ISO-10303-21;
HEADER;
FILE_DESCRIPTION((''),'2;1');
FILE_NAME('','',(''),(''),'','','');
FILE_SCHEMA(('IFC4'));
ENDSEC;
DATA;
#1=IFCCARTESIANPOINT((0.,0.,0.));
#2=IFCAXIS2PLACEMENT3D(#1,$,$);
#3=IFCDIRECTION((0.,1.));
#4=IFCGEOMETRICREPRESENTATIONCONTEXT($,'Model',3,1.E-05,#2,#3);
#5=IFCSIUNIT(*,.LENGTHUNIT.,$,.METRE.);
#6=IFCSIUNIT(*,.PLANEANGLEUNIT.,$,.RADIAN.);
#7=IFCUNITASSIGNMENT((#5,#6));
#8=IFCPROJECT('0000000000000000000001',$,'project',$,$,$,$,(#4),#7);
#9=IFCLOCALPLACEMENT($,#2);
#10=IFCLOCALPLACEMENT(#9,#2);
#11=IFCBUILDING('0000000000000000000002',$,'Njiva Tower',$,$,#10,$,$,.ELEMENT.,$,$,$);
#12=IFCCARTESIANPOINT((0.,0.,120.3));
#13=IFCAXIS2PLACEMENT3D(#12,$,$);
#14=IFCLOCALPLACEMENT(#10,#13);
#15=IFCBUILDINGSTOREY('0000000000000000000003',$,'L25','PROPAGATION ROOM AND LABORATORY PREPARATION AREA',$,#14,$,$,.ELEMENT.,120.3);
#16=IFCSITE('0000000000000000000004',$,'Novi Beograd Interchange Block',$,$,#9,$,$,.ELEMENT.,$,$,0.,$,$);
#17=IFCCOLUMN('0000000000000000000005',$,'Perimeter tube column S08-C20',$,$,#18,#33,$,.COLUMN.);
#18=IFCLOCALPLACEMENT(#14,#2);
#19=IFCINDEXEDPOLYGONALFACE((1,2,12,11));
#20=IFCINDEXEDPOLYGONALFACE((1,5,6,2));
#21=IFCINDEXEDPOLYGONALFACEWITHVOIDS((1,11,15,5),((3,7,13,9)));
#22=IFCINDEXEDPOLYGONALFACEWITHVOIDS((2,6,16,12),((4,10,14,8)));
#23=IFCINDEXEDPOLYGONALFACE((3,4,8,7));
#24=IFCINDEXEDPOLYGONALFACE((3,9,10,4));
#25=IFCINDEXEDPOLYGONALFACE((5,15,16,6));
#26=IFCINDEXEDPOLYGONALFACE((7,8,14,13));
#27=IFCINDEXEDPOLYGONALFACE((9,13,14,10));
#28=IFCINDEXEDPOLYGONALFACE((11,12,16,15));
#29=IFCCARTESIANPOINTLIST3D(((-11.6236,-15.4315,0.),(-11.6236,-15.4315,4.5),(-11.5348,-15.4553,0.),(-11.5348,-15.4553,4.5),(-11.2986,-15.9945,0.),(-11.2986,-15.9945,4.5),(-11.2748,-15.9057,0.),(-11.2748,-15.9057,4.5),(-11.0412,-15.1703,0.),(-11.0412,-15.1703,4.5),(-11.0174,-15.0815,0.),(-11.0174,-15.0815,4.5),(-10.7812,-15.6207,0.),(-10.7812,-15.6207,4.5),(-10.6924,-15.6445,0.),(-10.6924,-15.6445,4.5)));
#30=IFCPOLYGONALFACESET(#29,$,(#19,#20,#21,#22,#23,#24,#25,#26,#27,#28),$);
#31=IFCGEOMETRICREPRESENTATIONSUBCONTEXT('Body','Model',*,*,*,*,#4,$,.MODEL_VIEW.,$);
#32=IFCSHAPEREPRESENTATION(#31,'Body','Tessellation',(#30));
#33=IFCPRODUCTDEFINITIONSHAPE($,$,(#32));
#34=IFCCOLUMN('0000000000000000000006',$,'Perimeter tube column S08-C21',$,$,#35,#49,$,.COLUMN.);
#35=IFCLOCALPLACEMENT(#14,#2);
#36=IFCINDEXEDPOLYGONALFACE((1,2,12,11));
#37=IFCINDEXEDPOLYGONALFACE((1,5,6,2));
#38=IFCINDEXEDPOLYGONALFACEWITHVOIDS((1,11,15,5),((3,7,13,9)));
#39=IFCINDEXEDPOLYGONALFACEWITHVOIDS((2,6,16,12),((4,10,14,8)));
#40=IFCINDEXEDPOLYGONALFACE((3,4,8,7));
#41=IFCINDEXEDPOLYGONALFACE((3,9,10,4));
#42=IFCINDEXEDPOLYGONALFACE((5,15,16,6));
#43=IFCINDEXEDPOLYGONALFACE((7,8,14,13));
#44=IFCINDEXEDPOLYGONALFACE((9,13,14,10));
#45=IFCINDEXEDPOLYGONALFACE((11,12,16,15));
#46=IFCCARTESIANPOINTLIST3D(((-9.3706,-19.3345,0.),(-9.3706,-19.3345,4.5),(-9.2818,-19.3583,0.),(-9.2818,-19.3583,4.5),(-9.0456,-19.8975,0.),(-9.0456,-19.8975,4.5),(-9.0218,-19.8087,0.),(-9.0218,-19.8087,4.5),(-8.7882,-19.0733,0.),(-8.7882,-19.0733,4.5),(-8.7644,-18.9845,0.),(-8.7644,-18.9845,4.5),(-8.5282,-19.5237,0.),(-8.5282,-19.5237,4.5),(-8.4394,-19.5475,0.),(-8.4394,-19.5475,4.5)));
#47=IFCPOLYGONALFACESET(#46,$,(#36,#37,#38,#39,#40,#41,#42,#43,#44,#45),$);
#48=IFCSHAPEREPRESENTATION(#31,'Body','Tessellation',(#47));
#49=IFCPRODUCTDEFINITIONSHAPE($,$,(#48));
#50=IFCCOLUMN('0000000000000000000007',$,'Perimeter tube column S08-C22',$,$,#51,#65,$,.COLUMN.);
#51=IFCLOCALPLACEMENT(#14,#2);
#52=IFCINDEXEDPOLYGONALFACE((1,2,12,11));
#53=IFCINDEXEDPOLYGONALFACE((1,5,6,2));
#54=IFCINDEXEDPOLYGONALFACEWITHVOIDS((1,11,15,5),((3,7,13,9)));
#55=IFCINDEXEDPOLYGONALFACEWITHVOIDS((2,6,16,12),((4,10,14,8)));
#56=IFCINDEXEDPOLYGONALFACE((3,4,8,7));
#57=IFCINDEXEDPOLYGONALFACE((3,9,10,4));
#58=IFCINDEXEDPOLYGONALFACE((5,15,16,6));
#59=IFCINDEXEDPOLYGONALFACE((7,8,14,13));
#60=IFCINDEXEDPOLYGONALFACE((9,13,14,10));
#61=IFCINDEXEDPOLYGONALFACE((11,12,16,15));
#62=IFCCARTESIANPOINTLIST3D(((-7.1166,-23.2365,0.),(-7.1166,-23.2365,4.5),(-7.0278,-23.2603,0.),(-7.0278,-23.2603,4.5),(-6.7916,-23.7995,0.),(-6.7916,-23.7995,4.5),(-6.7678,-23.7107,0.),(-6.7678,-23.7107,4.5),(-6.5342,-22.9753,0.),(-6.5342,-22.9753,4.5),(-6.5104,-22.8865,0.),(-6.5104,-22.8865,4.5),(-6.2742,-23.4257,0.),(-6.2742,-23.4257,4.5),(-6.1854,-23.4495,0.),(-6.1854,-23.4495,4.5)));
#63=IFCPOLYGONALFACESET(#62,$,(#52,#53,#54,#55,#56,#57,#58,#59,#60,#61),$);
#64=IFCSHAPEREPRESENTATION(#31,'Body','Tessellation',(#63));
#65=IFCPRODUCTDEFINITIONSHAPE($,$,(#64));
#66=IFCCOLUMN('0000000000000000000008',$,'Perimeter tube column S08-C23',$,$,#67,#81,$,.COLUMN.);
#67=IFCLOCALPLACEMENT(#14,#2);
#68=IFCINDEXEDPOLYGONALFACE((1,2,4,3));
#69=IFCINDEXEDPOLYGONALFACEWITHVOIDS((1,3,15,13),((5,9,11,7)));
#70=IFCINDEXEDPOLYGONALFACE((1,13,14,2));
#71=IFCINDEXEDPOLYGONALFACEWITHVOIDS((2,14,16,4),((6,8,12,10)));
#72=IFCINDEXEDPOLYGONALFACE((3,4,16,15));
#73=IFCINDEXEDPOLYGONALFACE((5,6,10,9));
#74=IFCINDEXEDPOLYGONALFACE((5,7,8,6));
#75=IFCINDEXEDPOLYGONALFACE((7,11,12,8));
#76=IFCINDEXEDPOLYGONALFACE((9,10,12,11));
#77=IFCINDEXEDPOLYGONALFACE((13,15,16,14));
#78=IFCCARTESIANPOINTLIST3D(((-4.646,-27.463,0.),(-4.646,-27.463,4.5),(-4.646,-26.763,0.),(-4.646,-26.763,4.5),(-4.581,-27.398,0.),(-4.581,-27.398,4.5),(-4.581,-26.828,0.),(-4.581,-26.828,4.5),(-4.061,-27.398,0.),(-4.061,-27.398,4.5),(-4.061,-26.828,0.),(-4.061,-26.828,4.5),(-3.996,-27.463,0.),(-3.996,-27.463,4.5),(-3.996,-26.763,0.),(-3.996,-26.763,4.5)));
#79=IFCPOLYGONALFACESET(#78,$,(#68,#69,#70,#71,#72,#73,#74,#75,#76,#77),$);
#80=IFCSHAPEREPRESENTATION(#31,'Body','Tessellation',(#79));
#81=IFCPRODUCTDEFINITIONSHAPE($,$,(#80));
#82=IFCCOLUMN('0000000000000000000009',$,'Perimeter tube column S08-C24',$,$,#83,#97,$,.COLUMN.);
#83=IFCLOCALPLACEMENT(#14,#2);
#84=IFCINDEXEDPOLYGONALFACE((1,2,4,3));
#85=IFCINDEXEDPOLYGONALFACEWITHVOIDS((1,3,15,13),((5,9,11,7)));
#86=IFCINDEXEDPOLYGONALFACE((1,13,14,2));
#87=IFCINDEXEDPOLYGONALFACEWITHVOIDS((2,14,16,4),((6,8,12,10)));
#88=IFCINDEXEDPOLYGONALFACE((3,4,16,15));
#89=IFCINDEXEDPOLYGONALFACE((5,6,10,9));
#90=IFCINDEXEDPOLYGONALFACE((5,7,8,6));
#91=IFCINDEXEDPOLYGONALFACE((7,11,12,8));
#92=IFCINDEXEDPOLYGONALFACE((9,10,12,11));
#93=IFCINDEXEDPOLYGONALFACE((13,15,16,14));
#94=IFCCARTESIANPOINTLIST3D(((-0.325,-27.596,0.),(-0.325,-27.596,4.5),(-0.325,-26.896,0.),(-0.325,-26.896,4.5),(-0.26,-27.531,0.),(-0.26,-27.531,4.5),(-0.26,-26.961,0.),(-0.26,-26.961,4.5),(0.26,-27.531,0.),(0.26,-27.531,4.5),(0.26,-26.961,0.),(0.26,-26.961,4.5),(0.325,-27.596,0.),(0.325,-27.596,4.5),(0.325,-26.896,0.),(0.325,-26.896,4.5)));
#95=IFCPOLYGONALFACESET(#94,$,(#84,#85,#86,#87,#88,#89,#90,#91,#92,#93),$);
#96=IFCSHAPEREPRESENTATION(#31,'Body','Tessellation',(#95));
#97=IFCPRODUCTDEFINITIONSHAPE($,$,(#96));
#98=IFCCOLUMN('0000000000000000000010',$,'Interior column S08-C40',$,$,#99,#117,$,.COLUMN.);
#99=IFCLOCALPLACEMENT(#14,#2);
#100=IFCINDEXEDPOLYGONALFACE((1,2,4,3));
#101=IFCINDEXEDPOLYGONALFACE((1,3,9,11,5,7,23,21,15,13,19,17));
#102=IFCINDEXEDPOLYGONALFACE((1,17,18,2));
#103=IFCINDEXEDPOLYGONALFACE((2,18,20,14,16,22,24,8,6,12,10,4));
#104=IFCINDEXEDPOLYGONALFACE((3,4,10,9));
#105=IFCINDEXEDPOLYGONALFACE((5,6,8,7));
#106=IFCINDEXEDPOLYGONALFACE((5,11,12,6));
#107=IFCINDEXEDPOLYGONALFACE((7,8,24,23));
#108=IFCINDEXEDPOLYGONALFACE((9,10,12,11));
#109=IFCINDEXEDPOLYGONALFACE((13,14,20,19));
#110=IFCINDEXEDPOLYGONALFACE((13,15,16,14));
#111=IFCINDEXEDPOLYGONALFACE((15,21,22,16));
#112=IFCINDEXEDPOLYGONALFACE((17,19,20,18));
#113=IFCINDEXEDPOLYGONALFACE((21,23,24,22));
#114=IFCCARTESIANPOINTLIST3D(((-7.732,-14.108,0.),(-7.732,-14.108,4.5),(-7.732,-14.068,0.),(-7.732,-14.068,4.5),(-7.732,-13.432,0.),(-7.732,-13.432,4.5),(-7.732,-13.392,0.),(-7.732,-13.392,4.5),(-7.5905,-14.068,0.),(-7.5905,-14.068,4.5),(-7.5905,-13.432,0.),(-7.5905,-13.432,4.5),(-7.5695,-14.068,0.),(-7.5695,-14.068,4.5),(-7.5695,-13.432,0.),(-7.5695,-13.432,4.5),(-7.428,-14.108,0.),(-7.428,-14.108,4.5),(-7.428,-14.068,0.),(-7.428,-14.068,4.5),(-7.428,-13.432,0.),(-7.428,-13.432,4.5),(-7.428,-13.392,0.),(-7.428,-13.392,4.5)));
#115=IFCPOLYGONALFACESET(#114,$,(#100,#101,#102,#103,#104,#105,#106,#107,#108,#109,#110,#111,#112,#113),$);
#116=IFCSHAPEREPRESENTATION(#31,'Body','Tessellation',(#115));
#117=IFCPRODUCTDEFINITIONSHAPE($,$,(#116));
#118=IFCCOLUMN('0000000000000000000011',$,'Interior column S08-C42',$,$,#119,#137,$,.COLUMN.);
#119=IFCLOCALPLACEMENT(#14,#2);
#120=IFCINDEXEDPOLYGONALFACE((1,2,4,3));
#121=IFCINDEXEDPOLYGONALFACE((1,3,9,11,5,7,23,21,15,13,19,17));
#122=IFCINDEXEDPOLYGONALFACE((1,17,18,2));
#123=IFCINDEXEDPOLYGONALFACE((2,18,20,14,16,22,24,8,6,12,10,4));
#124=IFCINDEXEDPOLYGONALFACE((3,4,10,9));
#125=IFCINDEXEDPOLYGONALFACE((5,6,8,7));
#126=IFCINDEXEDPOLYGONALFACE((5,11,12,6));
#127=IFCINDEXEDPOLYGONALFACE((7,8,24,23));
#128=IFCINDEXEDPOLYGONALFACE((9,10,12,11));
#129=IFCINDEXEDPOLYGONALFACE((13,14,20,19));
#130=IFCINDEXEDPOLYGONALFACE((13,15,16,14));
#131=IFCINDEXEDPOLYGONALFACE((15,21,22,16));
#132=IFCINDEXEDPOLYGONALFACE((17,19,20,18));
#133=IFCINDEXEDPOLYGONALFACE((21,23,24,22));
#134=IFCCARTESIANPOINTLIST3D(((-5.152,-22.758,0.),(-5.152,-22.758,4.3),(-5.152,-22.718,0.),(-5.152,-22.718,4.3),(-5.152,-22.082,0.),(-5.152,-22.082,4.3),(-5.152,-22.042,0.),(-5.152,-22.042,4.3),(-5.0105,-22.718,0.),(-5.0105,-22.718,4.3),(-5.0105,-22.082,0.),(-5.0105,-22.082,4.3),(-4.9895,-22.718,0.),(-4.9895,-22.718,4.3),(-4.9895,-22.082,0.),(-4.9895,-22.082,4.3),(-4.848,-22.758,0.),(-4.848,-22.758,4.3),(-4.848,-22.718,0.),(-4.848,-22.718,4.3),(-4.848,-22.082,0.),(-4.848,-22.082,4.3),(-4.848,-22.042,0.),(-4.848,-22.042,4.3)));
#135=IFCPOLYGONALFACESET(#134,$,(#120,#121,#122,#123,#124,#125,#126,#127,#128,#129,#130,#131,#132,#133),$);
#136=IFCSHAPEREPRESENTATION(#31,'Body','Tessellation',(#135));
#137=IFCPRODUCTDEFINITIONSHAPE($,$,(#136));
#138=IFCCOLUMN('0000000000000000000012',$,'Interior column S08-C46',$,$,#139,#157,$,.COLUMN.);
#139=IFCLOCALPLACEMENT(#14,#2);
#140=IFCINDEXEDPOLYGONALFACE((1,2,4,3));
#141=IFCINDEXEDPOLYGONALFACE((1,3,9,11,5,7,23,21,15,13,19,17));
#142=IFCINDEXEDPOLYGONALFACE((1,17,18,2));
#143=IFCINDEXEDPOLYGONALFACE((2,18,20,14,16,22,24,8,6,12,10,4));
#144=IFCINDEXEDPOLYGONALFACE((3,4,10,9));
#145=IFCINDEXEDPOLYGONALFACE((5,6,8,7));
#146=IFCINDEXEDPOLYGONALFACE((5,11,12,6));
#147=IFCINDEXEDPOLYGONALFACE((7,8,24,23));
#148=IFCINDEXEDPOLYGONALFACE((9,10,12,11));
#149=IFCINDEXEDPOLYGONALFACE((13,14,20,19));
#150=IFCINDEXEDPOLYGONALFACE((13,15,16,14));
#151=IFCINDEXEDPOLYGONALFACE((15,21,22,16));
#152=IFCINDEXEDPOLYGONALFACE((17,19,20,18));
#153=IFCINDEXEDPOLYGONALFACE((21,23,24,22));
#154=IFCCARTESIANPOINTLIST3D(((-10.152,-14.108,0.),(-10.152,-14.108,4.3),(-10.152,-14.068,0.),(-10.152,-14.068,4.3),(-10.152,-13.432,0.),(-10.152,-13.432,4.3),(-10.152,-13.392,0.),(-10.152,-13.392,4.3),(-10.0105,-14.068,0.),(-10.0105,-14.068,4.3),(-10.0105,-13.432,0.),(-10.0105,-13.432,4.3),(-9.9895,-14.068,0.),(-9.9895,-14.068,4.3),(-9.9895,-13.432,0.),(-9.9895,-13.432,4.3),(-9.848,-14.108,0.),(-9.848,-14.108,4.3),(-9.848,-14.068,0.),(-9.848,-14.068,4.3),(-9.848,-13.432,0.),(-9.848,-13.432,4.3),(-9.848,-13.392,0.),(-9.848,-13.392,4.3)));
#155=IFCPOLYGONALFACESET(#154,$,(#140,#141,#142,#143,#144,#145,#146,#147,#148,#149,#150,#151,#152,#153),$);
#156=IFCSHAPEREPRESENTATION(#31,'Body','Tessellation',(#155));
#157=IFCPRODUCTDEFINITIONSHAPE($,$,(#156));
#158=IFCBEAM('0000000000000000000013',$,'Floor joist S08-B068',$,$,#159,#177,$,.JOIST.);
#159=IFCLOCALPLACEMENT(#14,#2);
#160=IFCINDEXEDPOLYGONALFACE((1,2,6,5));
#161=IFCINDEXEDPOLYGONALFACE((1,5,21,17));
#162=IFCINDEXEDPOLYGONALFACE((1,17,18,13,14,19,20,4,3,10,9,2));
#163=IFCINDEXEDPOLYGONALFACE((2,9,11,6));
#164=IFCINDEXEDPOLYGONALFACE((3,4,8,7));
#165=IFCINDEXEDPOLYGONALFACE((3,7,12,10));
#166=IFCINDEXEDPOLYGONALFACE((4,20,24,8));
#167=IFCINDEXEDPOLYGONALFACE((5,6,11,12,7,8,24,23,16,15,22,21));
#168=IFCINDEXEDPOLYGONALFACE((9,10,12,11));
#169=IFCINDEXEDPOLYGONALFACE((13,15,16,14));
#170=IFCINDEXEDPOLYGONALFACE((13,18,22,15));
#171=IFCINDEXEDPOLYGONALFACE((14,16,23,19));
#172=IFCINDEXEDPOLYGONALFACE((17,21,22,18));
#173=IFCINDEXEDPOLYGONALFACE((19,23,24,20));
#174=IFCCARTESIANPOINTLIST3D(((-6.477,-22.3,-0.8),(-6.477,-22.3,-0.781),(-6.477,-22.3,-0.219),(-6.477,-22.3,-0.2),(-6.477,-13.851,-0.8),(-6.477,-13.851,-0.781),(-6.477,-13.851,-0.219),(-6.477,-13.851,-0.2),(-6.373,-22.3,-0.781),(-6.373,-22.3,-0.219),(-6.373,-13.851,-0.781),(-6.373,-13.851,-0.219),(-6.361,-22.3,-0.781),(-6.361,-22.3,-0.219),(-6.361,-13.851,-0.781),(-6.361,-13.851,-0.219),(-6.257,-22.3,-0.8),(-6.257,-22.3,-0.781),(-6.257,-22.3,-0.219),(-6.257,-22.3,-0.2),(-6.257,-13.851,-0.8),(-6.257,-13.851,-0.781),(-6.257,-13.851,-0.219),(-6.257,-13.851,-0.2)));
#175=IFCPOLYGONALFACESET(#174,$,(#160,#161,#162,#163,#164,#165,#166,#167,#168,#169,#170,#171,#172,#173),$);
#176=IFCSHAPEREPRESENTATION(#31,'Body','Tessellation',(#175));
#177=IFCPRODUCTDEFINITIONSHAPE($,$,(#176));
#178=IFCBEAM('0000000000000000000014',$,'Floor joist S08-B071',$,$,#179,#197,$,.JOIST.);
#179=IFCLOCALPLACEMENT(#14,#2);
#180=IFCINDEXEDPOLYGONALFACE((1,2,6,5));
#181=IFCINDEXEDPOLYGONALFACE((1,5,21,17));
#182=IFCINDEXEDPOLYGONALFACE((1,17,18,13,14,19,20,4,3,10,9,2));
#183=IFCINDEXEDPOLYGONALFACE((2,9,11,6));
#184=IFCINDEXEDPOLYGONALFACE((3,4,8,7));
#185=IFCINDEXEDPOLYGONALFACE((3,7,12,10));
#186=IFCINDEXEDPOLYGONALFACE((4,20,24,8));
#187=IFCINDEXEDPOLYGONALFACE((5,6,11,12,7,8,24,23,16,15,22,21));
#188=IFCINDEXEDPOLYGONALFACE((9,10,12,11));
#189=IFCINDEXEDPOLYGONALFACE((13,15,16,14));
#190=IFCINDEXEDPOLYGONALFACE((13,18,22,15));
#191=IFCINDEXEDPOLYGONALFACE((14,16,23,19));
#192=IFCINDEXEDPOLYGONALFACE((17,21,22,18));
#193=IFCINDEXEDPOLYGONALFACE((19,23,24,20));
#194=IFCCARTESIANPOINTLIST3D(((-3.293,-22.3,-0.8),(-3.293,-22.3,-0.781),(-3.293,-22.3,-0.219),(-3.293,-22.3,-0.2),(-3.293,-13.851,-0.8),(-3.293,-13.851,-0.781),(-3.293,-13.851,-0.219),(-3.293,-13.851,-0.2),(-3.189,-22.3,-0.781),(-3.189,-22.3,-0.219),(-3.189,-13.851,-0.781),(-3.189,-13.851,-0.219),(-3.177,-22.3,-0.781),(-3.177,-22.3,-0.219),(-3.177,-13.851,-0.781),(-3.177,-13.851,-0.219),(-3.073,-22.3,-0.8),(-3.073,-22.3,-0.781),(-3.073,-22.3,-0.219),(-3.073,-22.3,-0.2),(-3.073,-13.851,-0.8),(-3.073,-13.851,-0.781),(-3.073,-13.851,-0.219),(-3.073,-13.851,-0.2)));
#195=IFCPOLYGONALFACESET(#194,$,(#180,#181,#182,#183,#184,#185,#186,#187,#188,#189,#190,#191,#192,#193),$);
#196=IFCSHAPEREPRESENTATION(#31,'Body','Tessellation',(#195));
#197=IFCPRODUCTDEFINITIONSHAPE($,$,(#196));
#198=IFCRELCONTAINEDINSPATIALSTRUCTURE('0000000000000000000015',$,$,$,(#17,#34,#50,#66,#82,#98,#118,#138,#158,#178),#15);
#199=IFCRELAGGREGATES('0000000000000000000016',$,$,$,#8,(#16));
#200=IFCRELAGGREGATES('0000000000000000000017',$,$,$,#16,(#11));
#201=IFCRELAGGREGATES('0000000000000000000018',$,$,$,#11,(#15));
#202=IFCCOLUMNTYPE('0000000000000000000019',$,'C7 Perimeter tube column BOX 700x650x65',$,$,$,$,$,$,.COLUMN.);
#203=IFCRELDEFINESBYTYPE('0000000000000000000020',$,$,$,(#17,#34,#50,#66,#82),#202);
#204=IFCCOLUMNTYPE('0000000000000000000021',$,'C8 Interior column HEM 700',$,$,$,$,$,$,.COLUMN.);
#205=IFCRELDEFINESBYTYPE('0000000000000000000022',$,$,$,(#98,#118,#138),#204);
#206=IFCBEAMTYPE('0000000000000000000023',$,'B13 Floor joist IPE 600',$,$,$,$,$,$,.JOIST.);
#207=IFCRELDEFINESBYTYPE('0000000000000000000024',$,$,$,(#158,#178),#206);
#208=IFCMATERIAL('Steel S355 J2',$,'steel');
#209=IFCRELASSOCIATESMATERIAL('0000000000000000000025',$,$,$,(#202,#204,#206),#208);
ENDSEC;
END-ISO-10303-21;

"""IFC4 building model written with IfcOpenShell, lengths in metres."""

from ifc_helpers import new_model, si_unit, direction, frame, origin, origin_2d, place, context, subcontext, project, spatial, hollow_rectangle, i_section, extrude, material, material_profile, profile_set, type_object, element, save


model = new_model("IFC4")

# Units and contexts
model_context = context("Model", 3, precision=1e-05, world=origin(), true_north=direction((0.0, 1.0)))
body_context = subcontext(model_context, "Body", "Model", "MODEL_VIEW")
ifc_project = project(units=[si_unit("LENGTHUNIT", "METRE"), si_unit("PLANEANGLEUNIT", "RADIAN")], contexts=[model_context])

# Site, building, storey
site_placement = place(None, origin())
site = spatial("IfcSite", under=ifc_project, at=site_placement, Name="Novi Beograd Interchange Block", CompositionType="ELEMENT", RefElevation=0.0)
building_placement = place(site_placement, origin())
building = spatial("IfcBuilding", under=site, at=building_placement, Name="Njiva Tower", CompositionType="ELEMENT")
storey_placement = place(building_placement, frame((0.0, 0.0, 120.3)))
storey = spatial("IfcBuildingStorey", under=building, at=storey_placement, Name="L25", Description="PROPAGATION ROOM AND LABORATORY PREPARATION AREA", CompositionType="ELEMENT", Elevation=120.3)

# Columns
ifc_material_1 = material(Name="Steel S355 J2", Category="steel")
ifc_material_profile_1 = material_profile(ifc_material_1, hollow_rectangle(XDim=0.65, YDim=0.7, WallThickness=0.065, at=origin_2d()), Name="BOX 700x650x65")
ifc_profile_set_1 = profile_set([ifc_material_profile_1], Name="Steel S355 J2")
column_type_1 = type_object("IfcColumnType", Name="C7 Perimeter tube column BOX 700x650x65", PredefinedType="COLUMN", material=ifc_profile_set_1)
for number, where, z_axis, x_axis, name in (
    (1, (-11.158, -15.538, 0.0), (0.0, 0.0, 1.0), (0.5, -0.866025, 0.0), "Perimeter tube column S08-C20"),
    (2, (-8.905, -19.441, 0.0), (0.0, 0.0, 1.0), (0.5, -0.866025, 0.0), "Perimeter tube column S08-C21"),
    (3, (-6.651, -23.343, 0.0), (0.0, 0.0, 1.0), (0.5, -0.866025, 0.0), "Perimeter tube column S08-C22"),
    (4, (-4.321, -27.113, 0.0), (0.0, 0.0, 1.0), (1.0, 0.0, 0.0), "Perimeter tube column S08-C23"),
    (5, (0.0, -27.246, 0.0), (0.0, 0.0, 1.0), (1.0, 0.0, 0.0), "Perimeter tube column S08-C24"),
):
    element("IfcColumn", number, at=place(storey_placement, frame(where, z_axis=z_axis, x_axis=x_axis)), inside=storey, type_object=column_type_1, Name=name, PredefinedType="COLUMN", context=body_context, shape_type="SweptSolid", body=[
        extrude(hollow_rectangle(XDim=0.65, YDim=0.7, WallThickness=0.065, at=origin_2d()), origin(), (0.0, 0.0, 1.0), 4.5),
    ])
ifc_material_profile_2 = material_profile(ifc_material_1, i_section(OverallWidth=0.304, OverallDepth=0.716, WebThickness=0.021, FlangeThickness=0.04, at=origin_2d()), Name="HEM 700")
ifc_profile_set_2 = profile_set([ifc_material_profile_2], Name="Steel S355 J2")
column_type_2 = type_object("IfcColumnType", Name="C8 Interior column HEM 700", PredefinedType="COLUMN", material=ifc_profile_set_2)
column_placement = place(storey_placement, frame((-7.58, -13.75, 0.0), z_axis=(0.0, 0.0, 1.0), x_axis=(1.0, 0.0, 0.0)))
element("IfcColumn", 6, at=column_placement, inside=storey, type_object=column_type_2, Name="Interior column S08-C40", PredefinedType="COLUMN", context=body_context, shape_type="SweptSolid", body=[
    extrude(i_section(OverallWidth=0.304, OverallDepth=0.716, WebThickness=0.021, FlangeThickness=0.04, at=origin_2d()), origin(), (0.0, 0.0, 1.0), 4.5),
])
for number, where, z_axis, x_axis, name in (
    (7, (-5.0, -22.4, 0.0), (0.0, 0.0, 1.0), (1.0, 0.0, 0.0), "Interior column S08-C42"),
    (8, (-10.0, -13.75, 0.0), (0.0, 0.0, 1.0), (1.0, 0.0, 0.0), "Interior column S08-C46"),
):
    element("IfcColumn", number, at=place(storey_placement, frame(where, z_axis=z_axis, x_axis=x_axis)), inside=storey, type_object=column_type_2, Name=name, PredefinedType="COLUMN", context=body_context, shape_type="SweptSolid", body=[
        extrude(i_section(OverallWidth=0.304, OverallDepth=0.716, WebThickness=0.021, FlangeThickness=0.04, at=origin_2d()), origin(), (0.0, 0.0, 1.0), 4.3),
    ])

# Beams
ifc_material_profile_3 = material_profile(ifc_material_1, i_section(OverallWidth=0.22, OverallDepth=0.6, WebThickness=0.012, FlangeThickness=0.019, at=origin_2d()), Name="IPE 600")
ifc_profile_set_3 = profile_set([ifc_material_profile_3], Name="Steel S355 J2")
beam_type_1 = type_object("IfcBeamType", Name="B13 Floor joist IPE 600", PredefinedType="JOIST", material=ifc_profile_set_3)
for number, where, z_axis, x_axis, name in (
    (9, (-6.367, -13.851, -0.5), (0.0, -1.0, 0.0), (1.0, 0.0, 0.0), "Floor joist S08-B068"),
    (10, (-3.183, -13.851, -0.5), (0.0, -1.0, 0.0), (1.0, 0.0, 0.0), "Floor joist S08-B071"),
):
    element("IfcBeam", number, at=place(storey_placement, frame(where, z_axis=z_axis, x_axis=x_axis)), inside=storey, type_object=beam_type_1, Name=name, PredefinedType="JOIST", context=body_context, shape_type="SweptSolid", body=[
        extrude(i_section(OverallWidth=0.22, OverallDepth=0.6, WebThickness=0.012, FlangeThickness=0.019, at=origin_2d()), origin(), (0.0, 0.0, 1.0), 8.449),
    ])

save(model, "model.ifc")
